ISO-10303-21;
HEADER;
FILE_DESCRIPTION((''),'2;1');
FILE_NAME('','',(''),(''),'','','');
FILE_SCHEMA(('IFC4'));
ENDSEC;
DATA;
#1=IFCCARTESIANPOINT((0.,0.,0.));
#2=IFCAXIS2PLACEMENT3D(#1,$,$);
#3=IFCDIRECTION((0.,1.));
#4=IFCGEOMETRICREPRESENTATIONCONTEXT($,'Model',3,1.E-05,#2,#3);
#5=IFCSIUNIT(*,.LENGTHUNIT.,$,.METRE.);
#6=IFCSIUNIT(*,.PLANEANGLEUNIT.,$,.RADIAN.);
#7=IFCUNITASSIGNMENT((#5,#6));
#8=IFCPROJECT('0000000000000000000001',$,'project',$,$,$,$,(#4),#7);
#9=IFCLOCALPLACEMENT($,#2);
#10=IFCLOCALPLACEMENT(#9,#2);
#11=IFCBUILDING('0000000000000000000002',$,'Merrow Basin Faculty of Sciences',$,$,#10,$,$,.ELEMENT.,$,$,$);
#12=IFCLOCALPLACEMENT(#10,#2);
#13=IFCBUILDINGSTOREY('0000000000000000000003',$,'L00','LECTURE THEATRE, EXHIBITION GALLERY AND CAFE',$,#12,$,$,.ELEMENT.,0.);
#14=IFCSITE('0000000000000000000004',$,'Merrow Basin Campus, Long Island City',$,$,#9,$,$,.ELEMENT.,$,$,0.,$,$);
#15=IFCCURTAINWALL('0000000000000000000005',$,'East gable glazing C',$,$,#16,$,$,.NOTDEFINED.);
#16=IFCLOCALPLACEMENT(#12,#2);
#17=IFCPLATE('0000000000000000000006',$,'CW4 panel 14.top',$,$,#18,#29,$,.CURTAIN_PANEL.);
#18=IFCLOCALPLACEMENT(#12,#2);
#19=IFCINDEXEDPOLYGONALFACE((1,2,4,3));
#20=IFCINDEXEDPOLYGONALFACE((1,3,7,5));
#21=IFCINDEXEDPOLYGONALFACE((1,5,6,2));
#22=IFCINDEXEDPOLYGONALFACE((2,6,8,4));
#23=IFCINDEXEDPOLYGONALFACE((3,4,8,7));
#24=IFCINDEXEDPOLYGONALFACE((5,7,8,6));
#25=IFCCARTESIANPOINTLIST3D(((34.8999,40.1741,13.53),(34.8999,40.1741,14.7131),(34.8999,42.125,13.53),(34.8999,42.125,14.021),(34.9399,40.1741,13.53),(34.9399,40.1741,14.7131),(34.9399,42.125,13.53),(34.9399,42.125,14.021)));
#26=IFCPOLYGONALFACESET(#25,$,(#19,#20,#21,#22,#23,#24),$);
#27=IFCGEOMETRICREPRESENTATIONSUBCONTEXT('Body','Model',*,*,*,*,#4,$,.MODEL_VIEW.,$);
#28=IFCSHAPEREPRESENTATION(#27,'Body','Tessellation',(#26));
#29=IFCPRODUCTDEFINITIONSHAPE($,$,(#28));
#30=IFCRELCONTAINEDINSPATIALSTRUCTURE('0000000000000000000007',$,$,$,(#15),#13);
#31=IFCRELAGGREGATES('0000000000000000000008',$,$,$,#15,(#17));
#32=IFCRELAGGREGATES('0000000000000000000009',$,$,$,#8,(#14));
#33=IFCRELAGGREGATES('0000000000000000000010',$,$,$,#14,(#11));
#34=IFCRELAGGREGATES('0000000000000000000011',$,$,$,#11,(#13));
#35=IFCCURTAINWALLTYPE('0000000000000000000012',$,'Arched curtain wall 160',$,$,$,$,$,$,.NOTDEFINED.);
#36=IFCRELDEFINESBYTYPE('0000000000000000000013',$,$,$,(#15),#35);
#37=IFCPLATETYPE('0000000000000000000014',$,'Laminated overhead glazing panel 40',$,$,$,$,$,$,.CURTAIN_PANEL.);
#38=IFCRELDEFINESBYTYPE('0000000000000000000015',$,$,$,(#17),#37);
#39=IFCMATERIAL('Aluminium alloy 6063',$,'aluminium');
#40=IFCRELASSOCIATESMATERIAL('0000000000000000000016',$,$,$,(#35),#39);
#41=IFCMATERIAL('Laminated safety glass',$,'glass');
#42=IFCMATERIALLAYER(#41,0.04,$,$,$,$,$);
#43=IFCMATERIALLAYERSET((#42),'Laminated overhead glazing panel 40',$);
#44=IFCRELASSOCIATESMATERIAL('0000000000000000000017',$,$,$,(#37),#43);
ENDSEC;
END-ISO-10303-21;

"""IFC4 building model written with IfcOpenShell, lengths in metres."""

from ifc_helpers import new_model, si_unit, direction, frame, origin, place, context, subcontext, project, spatial, polyline, outline, extrude, material, layer, layer_set, type_object, element, aggregate, save


model = new_model("IFC4")

# Units and contexts
model_context = context("Model", 3, precision=1e-05, world=origin(), true_north=direction((0.0, 1.0)))
body_context = subcontext(model_context, "Body", "Model", "MODEL_VIEW")
ifc_project = project(units=[si_unit("LENGTHUNIT", "METRE"), si_unit("PLANEANGLEUNIT", "RADIAN")], contexts=[model_context])

# Site, building, storey
site_placement = place(None, origin())
site = spatial("IfcSite", under=ifc_project, at=site_placement, Name="Merrow Basin Campus, Long Island City", CompositionType="ELEMENT", RefElevation=0.0)
building_placement = place(site_placement, origin())
building = spatial("IfcBuilding", under=site, at=building_placement, Name="Merrow Basin Faculty of Sciences", CompositionType="ELEMENT")
storey_placement = place(building_placement, origin())
storey = spatial("IfcBuildingStorey", under=building, at=storey_placement, Name="L00", Description="LECTURE THEATRE, EXHIBITION GALLERY AND CAFE", CompositionType="ELEMENT", Elevation=0.0)

# Curtain wall, plate
ifc_material_1 = material(Name="Aluminium alloy 6063", Category="aluminium")
curtain_wall_type = type_object("IfcCurtainWallType", Name="Arched curtain wall 160", PredefinedType="NOTDEFINED", material=ifc_material_1)
curtain_wall_placement = place(storey_placement, origin())
curtain_wall = element("IfcCurtainWall", 1, at=curtain_wall_placement, inside=storey, type_object=curtain_wall_type, Name="East gable glazing C", PredefinedType="NOTDEFINED")
ifc_material_2 = material(Name="Laminated safety glass", Category="glass")
ifc_layer = layer(ifc_material_2, 0.04)
ifc_layer_set = layer_set([ifc_layer], Name="Laminated overhead glazing panel 40")
plate_type = type_object("IfcPlateType", Name="Laminated overhead glazing panel 40", PredefinedType="CURTAIN_PANEL", material=ifc_layer_set)
plate_1_placement = place(storey_placement, frame((34.8999, 40.1741, 13.53), z_axis=(1.0, 0.0, 0.0), x_axis=(0.0, 1.0, 0.0)))
plate_1 = element("IfcPlate", 2, at=plate_1_placement, type_object=plate_type, Name="CW4 panel 14.top", PredefinedType="CURTAIN_PANEL", context=body_context, shape_type="SweptSolid", body=[
    extrude(outline(polyline([(0.0, 0.0), (1.9509, 0.0), (1.9509, 0.491), (0.0, 1.1831), (0.0, 0.0)])), origin(), (0.0, 0.0, 1.0), 0.04),
])
aggregate(curtain_wall, [plate_1])

save(model, "model.ifc")
